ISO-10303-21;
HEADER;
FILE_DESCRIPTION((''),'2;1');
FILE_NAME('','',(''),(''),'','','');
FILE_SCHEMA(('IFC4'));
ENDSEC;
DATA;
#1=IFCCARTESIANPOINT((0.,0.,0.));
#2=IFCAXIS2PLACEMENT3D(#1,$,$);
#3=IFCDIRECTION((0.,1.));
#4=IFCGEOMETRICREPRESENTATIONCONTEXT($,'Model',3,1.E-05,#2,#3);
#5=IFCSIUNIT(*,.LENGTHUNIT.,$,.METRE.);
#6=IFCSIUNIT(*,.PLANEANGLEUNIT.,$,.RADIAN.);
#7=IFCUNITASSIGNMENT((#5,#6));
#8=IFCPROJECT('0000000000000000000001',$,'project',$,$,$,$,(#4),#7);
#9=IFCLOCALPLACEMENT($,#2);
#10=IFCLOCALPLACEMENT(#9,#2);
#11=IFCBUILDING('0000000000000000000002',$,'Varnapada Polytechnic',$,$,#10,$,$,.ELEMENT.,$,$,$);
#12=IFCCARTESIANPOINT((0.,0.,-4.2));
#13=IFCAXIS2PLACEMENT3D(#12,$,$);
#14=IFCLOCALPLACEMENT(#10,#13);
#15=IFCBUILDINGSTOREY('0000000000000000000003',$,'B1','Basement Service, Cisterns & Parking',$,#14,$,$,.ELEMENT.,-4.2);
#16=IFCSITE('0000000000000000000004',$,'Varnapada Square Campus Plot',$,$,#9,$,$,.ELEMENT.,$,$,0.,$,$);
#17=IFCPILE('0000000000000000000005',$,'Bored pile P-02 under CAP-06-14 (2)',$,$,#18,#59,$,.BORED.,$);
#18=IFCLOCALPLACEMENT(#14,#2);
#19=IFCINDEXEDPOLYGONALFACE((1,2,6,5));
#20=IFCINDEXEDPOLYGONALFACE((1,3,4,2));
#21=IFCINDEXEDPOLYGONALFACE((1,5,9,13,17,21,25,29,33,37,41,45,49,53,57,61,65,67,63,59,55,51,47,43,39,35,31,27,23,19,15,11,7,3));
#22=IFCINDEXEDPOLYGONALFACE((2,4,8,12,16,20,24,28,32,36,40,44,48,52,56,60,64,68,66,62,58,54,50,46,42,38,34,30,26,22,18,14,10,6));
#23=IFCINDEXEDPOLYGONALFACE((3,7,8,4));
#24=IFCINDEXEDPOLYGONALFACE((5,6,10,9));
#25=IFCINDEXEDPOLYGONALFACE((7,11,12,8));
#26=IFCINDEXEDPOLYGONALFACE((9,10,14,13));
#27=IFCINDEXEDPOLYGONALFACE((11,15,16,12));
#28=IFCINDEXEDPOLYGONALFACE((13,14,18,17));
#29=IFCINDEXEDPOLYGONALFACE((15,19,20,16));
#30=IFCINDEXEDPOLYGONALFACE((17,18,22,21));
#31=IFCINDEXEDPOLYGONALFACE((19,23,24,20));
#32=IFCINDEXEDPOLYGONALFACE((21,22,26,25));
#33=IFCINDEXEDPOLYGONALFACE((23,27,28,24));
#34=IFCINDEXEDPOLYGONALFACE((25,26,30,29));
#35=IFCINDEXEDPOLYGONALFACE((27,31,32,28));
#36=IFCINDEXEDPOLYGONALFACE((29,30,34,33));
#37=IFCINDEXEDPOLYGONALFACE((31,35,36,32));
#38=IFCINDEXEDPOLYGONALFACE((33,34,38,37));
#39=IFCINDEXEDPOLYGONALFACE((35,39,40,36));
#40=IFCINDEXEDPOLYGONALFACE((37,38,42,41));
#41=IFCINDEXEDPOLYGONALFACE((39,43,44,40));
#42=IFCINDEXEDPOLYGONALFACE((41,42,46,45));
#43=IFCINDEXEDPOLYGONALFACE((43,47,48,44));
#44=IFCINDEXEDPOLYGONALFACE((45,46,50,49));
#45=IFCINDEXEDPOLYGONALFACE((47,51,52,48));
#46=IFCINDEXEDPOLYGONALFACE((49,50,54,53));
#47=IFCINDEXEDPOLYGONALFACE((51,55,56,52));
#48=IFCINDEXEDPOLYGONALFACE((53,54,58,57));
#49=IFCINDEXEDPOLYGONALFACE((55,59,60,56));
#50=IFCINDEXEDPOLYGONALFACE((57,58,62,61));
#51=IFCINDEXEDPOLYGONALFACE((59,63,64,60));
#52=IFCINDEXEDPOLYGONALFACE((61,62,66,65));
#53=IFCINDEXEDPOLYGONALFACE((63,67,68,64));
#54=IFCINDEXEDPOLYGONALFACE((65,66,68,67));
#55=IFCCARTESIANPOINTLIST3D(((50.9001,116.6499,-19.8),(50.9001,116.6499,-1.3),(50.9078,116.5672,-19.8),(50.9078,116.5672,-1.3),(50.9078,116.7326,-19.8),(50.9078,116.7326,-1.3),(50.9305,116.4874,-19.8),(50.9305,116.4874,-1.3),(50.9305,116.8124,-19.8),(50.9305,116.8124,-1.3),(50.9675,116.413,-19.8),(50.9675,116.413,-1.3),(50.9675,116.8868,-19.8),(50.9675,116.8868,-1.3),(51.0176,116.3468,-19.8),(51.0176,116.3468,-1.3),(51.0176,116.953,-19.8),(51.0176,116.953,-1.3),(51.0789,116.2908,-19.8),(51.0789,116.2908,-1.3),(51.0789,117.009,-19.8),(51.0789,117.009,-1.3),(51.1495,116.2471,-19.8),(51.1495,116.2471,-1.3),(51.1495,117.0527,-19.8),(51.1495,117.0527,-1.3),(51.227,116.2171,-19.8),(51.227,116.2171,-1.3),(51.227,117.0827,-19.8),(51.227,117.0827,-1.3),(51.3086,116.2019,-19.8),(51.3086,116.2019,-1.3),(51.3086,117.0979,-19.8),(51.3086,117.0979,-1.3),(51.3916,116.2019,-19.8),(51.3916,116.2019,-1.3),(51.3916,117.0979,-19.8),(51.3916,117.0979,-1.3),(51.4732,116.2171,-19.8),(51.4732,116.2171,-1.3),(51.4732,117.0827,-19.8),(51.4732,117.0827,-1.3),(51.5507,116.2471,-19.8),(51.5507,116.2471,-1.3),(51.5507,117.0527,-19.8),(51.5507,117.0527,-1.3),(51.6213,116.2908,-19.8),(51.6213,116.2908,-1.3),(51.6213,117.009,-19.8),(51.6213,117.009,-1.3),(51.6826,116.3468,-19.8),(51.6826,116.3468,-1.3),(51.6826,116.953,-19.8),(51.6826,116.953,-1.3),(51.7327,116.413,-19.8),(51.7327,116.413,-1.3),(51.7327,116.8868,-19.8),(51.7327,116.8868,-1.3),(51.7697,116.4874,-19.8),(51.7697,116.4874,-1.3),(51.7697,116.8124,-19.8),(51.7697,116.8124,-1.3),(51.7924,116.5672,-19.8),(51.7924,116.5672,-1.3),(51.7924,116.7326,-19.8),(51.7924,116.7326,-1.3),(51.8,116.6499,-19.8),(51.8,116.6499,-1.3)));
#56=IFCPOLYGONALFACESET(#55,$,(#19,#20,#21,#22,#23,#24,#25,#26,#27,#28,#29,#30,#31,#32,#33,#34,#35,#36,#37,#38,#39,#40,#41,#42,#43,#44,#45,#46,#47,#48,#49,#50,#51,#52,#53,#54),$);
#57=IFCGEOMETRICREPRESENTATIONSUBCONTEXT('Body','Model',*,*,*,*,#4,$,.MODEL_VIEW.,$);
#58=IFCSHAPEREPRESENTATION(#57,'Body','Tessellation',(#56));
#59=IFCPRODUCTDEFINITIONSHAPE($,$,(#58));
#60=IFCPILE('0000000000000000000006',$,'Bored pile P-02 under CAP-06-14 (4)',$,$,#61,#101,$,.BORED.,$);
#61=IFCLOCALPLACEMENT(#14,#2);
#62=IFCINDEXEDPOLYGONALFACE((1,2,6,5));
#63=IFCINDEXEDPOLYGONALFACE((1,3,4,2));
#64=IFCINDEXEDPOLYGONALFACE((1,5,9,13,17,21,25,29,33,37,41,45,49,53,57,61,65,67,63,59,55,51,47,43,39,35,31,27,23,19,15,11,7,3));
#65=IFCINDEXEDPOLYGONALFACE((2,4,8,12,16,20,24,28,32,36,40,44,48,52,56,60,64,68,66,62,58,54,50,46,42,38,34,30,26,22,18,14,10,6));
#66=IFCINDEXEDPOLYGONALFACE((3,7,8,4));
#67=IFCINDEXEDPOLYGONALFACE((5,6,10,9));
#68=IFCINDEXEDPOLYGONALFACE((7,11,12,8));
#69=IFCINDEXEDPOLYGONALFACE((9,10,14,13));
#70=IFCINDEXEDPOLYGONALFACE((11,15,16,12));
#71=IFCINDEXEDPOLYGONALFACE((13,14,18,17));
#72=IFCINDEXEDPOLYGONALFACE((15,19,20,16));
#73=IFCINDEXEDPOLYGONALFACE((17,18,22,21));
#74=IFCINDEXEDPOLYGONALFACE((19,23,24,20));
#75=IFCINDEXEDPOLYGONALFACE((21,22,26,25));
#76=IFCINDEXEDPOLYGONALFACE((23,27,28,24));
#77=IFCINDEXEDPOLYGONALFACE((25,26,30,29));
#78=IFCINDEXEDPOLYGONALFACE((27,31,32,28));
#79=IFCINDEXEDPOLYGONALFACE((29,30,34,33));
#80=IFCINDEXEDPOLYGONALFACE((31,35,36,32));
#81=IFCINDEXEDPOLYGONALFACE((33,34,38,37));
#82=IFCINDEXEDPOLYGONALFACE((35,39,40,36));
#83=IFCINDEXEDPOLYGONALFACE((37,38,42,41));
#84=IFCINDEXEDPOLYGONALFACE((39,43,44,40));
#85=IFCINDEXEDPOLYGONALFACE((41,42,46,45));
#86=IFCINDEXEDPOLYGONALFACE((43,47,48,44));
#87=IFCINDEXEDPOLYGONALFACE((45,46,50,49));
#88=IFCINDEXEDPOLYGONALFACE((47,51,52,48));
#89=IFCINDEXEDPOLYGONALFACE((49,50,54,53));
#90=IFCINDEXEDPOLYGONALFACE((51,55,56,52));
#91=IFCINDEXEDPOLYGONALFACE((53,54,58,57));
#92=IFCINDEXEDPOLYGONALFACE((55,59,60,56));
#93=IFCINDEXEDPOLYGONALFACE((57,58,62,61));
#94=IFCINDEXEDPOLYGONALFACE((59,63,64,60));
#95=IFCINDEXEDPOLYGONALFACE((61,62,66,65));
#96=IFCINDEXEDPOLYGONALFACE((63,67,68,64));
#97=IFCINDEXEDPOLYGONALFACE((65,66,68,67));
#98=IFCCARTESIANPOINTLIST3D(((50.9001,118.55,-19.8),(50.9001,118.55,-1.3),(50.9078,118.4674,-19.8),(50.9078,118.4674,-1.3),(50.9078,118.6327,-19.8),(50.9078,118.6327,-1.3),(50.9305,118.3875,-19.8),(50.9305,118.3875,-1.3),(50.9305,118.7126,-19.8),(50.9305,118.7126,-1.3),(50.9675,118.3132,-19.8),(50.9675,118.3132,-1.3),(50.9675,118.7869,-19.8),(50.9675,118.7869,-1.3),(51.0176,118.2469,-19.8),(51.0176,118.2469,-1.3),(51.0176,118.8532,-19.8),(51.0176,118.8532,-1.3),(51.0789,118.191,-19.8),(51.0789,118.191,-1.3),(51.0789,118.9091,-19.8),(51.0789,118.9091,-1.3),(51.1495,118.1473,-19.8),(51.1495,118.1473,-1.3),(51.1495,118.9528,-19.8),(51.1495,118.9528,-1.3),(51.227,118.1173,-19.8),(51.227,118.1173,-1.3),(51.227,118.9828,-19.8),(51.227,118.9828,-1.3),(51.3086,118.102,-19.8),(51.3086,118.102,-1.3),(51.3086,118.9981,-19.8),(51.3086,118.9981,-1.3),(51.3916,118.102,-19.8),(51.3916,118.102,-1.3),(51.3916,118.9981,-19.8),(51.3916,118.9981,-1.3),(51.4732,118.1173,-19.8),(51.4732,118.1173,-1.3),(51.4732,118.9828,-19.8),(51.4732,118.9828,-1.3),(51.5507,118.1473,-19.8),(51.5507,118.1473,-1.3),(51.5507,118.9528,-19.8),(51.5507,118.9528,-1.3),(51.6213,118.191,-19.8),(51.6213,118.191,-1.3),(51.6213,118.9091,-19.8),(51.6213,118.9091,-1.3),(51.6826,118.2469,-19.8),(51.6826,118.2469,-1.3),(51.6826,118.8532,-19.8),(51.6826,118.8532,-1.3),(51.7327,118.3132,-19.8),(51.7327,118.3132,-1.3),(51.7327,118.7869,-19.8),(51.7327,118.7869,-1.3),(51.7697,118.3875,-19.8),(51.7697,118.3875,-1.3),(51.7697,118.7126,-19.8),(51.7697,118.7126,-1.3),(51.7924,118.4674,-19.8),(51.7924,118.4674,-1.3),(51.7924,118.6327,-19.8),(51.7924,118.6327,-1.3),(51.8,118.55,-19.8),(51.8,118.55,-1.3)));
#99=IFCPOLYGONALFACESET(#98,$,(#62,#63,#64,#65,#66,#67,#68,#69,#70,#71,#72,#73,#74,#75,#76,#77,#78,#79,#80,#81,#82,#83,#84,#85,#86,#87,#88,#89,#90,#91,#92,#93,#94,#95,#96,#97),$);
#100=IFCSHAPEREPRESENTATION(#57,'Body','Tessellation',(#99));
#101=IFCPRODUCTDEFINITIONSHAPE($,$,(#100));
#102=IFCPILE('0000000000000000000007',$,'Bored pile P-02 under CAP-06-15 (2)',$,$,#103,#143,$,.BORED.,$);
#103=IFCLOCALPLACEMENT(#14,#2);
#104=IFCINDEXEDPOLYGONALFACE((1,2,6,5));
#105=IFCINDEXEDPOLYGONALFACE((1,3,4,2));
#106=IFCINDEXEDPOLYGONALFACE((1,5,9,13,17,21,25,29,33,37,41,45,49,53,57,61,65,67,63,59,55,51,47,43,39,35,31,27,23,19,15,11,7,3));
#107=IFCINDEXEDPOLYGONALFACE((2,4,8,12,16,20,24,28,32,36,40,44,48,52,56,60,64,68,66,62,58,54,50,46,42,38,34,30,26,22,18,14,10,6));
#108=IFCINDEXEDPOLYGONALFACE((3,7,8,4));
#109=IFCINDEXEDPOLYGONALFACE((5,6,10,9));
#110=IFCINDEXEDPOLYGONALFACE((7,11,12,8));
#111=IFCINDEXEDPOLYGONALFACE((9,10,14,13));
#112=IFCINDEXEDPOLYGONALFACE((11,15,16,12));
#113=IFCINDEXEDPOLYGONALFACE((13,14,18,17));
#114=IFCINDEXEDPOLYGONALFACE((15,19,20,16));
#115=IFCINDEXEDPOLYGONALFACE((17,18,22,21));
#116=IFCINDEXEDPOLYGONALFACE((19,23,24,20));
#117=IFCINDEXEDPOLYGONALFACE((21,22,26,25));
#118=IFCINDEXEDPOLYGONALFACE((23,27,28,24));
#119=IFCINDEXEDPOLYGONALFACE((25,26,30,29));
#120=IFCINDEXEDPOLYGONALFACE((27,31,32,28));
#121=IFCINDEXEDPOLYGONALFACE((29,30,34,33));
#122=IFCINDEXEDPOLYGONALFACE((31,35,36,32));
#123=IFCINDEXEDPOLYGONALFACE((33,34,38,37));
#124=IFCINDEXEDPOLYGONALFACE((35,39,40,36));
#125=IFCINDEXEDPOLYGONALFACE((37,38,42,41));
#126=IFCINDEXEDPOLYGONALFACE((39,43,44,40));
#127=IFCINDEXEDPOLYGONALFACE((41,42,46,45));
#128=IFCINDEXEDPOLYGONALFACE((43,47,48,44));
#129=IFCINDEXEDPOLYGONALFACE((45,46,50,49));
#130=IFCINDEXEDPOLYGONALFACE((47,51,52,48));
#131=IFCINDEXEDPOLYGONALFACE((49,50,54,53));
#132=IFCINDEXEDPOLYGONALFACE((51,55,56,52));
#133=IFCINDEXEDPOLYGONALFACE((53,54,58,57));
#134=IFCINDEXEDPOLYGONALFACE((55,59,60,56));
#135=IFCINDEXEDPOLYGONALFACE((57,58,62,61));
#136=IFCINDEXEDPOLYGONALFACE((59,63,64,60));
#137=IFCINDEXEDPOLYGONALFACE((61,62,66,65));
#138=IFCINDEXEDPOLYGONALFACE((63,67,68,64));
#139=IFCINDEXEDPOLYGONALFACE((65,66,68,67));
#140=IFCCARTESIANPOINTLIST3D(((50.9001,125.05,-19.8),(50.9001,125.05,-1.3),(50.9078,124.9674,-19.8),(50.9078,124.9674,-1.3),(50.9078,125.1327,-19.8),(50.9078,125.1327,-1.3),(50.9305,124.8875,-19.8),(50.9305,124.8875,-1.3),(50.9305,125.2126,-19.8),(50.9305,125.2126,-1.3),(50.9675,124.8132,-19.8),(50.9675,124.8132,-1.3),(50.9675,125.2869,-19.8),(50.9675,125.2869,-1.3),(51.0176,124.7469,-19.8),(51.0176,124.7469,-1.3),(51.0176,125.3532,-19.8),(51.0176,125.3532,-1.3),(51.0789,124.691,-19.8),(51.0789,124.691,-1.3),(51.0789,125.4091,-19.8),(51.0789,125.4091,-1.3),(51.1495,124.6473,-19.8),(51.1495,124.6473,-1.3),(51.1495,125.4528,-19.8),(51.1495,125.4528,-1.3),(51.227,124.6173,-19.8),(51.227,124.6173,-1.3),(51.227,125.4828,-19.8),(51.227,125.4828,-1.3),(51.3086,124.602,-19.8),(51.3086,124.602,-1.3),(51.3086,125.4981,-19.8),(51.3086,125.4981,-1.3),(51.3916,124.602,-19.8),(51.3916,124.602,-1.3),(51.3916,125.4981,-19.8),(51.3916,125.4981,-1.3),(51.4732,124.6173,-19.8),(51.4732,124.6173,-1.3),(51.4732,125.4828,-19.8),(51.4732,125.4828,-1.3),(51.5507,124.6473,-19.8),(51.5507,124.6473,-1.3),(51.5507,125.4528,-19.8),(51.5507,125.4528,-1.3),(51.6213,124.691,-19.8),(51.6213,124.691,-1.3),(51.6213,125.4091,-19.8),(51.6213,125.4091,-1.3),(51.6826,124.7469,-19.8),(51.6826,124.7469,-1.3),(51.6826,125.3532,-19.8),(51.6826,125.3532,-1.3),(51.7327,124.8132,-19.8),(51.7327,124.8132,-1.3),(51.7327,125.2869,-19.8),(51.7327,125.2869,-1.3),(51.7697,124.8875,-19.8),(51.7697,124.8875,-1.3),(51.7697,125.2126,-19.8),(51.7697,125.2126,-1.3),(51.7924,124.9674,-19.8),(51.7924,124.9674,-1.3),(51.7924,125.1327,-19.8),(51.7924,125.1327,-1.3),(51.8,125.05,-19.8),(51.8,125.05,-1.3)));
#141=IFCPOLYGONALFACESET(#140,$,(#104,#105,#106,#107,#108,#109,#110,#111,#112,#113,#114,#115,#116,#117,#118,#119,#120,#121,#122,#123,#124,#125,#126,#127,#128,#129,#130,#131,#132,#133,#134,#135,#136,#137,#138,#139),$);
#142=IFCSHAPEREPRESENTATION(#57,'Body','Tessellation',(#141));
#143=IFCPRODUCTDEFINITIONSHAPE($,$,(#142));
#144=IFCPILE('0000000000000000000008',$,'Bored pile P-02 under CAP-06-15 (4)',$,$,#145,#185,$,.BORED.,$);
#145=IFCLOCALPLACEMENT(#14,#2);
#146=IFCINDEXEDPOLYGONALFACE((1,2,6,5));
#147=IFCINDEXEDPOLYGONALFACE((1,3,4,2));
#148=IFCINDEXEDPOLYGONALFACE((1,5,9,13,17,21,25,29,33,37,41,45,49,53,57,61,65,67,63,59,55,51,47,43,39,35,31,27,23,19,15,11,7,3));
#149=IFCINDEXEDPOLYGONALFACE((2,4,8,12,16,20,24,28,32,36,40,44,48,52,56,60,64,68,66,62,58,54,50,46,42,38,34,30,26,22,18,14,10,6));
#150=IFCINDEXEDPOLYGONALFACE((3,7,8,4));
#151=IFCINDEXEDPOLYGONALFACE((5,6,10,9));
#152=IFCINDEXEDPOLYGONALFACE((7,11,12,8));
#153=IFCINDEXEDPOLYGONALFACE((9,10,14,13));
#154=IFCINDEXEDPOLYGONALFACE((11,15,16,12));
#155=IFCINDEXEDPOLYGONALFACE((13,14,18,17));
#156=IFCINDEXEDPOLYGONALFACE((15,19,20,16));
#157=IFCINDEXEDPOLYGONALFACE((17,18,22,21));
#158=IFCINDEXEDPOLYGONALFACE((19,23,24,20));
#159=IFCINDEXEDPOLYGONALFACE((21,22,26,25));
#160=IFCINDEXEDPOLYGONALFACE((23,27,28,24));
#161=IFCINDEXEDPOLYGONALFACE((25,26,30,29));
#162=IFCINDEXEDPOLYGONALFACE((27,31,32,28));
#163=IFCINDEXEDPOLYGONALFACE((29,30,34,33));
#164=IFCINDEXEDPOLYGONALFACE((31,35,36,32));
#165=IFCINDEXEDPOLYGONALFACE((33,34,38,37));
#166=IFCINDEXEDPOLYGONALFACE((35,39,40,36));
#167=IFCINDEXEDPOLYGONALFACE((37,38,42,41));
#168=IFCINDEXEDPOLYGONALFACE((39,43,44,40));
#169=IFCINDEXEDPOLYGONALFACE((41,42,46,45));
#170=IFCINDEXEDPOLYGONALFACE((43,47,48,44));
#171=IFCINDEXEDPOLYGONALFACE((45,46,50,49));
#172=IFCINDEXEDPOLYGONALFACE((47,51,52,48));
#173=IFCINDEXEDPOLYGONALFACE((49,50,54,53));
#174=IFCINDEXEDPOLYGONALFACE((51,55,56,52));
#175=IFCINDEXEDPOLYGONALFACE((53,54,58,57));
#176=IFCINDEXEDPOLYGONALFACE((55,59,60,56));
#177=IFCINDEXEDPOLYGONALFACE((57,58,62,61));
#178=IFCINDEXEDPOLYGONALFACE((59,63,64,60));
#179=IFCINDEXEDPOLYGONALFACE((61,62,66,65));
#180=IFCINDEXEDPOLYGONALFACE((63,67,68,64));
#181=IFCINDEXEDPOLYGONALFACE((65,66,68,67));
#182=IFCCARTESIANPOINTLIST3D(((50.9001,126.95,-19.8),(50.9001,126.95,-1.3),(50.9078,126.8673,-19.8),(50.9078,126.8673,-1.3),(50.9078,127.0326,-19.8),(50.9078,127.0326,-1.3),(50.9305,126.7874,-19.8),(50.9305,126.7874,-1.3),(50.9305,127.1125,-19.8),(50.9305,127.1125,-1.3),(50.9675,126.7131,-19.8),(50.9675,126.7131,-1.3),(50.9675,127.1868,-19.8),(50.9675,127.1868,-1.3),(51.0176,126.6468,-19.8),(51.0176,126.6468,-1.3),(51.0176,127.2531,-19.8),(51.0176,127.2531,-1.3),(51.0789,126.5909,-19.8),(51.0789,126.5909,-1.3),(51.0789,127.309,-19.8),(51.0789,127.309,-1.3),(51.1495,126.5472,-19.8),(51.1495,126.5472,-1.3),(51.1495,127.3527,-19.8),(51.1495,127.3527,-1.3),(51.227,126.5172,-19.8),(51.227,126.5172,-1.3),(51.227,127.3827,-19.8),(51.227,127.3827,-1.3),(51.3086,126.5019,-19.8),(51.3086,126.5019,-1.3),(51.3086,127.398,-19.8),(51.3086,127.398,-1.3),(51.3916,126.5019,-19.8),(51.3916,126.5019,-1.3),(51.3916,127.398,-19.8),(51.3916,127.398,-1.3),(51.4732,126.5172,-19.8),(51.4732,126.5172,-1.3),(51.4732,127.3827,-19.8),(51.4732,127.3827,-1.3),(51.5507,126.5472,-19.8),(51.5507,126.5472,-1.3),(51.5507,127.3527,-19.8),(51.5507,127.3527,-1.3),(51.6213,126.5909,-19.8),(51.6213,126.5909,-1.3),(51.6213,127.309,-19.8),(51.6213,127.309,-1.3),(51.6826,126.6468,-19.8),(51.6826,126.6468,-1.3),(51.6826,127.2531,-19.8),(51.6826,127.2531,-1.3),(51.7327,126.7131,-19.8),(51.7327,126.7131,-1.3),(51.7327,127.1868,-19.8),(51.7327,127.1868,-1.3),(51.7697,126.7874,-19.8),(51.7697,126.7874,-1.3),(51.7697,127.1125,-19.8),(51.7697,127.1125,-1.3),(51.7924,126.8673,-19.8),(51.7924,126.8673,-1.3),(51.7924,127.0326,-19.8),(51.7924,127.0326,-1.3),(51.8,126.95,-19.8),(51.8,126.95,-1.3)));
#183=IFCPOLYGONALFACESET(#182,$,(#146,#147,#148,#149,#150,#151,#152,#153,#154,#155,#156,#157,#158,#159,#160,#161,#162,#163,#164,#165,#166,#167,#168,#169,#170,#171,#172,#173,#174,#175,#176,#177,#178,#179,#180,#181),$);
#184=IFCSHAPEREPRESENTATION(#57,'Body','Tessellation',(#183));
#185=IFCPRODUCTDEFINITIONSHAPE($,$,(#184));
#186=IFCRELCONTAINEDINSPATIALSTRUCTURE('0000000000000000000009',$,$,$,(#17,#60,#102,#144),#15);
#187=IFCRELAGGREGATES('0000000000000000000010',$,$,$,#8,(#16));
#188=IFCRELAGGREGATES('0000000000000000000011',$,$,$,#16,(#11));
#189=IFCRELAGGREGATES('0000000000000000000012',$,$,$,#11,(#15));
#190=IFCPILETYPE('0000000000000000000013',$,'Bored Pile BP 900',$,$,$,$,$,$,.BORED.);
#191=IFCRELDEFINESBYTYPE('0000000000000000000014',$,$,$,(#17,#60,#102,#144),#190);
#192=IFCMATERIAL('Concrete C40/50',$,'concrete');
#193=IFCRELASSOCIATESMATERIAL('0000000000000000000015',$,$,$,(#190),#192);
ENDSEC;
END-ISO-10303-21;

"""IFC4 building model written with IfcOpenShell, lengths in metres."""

from ifc_helpers import new_model, si_unit, direction, frame, origin, origin_2d, place, context, subcontext, project, spatial, circle, extrude, material, material_profile, profile_set, type_object, element, save


model = new_model("IFC4")

# Units and contexts
model_context = context("Model", 3, precision=1e-05, world=origin(), true_north=direction((0.0, 1.0)))
body_context = subcontext(model_context, "Body", "Model", "MODEL_VIEW")
ifc_project = project(units=[si_unit("LENGTHUNIT", "METRE"), si_unit("PLANEANGLEUNIT", "RADIAN")], contexts=[model_context])

# Site, building, storey
site_placement = place(None, origin())
site = spatial("IfcSite", under=ifc_project, at=site_placement, Name="Varnapada Square Campus Plot", CompositionType="ELEMENT", RefElevation=0.0)
building_placement = place(site_placement, origin())
building = spatial("IfcBuilding", under=site, at=building_placement, Name="Varnapada Polytechnic", CompositionType="ELEMENT")
storey_placement = place(building_placement, frame((0.0, 0.0, -4.2)))
storey = spatial("IfcBuildingStorey", under=building, at=storey_placement, Name="B1", Description="Basement Service, Cisterns & Parking", CompositionType="ELEMENT", Elevation=-4.2)

# Piles
ifc_material_1 = material(Name="Concrete C40/50", Category="concrete")
ifc_material_profile_1 = material_profile(ifc_material_1, circle(Radius=0.45, at=origin_2d()), Name="BP 900")
ifc_profile_set_1 = profile_set([ifc_material_profile_1], Name="Concrete C40/50")
pile_type = type_object("IfcPileType", Name="Bored Pile BP 900", PredefinedType="BORED", material=ifc_profile_set_1)
for number, where, z_axis, x_axis, name in (
    (1, (51.3501, 116.6499, -1.3), (0.0, 0.0, -1.0), (1.0, 0.0, 0.0), "Bored pile P-02 under CAP-06-14 (2)"),
    (2, (51.3501, 118.55, -1.3), (0.0, 0.0, -1.0), (1.0, 0.0, 0.0), "Bored pile P-02 under CAP-06-14 (4)"),
    (3, (51.3501, 125.05, -1.3), (0.0, 0.0, -1.0), (1.0, 0.0, 0.0), "Bored pile P-02 under CAP-06-15 (2)"),
    (4, (51.3501, 126.95, -1.3), (0.0, 0.0, -1.0), (1.0, 0.0, 0.0), "Bored pile P-02 under CAP-06-15 (4)"),
):
    element("IfcPile", number, at=place(storey_placement, frame(where, z_axis=z_axis, x_axis=x_axis)), inside=storey, type_object=pile_type, Name=name, PredefinedType="BORED", context=body_context, shape_type="SweptSolid", body=[
        extrude(circle(Radius=0.45, at=origin_2d()), origin(), (0.0, 0.0, 1.0), 18.5),
    ])

save(model, "model.ifc")
